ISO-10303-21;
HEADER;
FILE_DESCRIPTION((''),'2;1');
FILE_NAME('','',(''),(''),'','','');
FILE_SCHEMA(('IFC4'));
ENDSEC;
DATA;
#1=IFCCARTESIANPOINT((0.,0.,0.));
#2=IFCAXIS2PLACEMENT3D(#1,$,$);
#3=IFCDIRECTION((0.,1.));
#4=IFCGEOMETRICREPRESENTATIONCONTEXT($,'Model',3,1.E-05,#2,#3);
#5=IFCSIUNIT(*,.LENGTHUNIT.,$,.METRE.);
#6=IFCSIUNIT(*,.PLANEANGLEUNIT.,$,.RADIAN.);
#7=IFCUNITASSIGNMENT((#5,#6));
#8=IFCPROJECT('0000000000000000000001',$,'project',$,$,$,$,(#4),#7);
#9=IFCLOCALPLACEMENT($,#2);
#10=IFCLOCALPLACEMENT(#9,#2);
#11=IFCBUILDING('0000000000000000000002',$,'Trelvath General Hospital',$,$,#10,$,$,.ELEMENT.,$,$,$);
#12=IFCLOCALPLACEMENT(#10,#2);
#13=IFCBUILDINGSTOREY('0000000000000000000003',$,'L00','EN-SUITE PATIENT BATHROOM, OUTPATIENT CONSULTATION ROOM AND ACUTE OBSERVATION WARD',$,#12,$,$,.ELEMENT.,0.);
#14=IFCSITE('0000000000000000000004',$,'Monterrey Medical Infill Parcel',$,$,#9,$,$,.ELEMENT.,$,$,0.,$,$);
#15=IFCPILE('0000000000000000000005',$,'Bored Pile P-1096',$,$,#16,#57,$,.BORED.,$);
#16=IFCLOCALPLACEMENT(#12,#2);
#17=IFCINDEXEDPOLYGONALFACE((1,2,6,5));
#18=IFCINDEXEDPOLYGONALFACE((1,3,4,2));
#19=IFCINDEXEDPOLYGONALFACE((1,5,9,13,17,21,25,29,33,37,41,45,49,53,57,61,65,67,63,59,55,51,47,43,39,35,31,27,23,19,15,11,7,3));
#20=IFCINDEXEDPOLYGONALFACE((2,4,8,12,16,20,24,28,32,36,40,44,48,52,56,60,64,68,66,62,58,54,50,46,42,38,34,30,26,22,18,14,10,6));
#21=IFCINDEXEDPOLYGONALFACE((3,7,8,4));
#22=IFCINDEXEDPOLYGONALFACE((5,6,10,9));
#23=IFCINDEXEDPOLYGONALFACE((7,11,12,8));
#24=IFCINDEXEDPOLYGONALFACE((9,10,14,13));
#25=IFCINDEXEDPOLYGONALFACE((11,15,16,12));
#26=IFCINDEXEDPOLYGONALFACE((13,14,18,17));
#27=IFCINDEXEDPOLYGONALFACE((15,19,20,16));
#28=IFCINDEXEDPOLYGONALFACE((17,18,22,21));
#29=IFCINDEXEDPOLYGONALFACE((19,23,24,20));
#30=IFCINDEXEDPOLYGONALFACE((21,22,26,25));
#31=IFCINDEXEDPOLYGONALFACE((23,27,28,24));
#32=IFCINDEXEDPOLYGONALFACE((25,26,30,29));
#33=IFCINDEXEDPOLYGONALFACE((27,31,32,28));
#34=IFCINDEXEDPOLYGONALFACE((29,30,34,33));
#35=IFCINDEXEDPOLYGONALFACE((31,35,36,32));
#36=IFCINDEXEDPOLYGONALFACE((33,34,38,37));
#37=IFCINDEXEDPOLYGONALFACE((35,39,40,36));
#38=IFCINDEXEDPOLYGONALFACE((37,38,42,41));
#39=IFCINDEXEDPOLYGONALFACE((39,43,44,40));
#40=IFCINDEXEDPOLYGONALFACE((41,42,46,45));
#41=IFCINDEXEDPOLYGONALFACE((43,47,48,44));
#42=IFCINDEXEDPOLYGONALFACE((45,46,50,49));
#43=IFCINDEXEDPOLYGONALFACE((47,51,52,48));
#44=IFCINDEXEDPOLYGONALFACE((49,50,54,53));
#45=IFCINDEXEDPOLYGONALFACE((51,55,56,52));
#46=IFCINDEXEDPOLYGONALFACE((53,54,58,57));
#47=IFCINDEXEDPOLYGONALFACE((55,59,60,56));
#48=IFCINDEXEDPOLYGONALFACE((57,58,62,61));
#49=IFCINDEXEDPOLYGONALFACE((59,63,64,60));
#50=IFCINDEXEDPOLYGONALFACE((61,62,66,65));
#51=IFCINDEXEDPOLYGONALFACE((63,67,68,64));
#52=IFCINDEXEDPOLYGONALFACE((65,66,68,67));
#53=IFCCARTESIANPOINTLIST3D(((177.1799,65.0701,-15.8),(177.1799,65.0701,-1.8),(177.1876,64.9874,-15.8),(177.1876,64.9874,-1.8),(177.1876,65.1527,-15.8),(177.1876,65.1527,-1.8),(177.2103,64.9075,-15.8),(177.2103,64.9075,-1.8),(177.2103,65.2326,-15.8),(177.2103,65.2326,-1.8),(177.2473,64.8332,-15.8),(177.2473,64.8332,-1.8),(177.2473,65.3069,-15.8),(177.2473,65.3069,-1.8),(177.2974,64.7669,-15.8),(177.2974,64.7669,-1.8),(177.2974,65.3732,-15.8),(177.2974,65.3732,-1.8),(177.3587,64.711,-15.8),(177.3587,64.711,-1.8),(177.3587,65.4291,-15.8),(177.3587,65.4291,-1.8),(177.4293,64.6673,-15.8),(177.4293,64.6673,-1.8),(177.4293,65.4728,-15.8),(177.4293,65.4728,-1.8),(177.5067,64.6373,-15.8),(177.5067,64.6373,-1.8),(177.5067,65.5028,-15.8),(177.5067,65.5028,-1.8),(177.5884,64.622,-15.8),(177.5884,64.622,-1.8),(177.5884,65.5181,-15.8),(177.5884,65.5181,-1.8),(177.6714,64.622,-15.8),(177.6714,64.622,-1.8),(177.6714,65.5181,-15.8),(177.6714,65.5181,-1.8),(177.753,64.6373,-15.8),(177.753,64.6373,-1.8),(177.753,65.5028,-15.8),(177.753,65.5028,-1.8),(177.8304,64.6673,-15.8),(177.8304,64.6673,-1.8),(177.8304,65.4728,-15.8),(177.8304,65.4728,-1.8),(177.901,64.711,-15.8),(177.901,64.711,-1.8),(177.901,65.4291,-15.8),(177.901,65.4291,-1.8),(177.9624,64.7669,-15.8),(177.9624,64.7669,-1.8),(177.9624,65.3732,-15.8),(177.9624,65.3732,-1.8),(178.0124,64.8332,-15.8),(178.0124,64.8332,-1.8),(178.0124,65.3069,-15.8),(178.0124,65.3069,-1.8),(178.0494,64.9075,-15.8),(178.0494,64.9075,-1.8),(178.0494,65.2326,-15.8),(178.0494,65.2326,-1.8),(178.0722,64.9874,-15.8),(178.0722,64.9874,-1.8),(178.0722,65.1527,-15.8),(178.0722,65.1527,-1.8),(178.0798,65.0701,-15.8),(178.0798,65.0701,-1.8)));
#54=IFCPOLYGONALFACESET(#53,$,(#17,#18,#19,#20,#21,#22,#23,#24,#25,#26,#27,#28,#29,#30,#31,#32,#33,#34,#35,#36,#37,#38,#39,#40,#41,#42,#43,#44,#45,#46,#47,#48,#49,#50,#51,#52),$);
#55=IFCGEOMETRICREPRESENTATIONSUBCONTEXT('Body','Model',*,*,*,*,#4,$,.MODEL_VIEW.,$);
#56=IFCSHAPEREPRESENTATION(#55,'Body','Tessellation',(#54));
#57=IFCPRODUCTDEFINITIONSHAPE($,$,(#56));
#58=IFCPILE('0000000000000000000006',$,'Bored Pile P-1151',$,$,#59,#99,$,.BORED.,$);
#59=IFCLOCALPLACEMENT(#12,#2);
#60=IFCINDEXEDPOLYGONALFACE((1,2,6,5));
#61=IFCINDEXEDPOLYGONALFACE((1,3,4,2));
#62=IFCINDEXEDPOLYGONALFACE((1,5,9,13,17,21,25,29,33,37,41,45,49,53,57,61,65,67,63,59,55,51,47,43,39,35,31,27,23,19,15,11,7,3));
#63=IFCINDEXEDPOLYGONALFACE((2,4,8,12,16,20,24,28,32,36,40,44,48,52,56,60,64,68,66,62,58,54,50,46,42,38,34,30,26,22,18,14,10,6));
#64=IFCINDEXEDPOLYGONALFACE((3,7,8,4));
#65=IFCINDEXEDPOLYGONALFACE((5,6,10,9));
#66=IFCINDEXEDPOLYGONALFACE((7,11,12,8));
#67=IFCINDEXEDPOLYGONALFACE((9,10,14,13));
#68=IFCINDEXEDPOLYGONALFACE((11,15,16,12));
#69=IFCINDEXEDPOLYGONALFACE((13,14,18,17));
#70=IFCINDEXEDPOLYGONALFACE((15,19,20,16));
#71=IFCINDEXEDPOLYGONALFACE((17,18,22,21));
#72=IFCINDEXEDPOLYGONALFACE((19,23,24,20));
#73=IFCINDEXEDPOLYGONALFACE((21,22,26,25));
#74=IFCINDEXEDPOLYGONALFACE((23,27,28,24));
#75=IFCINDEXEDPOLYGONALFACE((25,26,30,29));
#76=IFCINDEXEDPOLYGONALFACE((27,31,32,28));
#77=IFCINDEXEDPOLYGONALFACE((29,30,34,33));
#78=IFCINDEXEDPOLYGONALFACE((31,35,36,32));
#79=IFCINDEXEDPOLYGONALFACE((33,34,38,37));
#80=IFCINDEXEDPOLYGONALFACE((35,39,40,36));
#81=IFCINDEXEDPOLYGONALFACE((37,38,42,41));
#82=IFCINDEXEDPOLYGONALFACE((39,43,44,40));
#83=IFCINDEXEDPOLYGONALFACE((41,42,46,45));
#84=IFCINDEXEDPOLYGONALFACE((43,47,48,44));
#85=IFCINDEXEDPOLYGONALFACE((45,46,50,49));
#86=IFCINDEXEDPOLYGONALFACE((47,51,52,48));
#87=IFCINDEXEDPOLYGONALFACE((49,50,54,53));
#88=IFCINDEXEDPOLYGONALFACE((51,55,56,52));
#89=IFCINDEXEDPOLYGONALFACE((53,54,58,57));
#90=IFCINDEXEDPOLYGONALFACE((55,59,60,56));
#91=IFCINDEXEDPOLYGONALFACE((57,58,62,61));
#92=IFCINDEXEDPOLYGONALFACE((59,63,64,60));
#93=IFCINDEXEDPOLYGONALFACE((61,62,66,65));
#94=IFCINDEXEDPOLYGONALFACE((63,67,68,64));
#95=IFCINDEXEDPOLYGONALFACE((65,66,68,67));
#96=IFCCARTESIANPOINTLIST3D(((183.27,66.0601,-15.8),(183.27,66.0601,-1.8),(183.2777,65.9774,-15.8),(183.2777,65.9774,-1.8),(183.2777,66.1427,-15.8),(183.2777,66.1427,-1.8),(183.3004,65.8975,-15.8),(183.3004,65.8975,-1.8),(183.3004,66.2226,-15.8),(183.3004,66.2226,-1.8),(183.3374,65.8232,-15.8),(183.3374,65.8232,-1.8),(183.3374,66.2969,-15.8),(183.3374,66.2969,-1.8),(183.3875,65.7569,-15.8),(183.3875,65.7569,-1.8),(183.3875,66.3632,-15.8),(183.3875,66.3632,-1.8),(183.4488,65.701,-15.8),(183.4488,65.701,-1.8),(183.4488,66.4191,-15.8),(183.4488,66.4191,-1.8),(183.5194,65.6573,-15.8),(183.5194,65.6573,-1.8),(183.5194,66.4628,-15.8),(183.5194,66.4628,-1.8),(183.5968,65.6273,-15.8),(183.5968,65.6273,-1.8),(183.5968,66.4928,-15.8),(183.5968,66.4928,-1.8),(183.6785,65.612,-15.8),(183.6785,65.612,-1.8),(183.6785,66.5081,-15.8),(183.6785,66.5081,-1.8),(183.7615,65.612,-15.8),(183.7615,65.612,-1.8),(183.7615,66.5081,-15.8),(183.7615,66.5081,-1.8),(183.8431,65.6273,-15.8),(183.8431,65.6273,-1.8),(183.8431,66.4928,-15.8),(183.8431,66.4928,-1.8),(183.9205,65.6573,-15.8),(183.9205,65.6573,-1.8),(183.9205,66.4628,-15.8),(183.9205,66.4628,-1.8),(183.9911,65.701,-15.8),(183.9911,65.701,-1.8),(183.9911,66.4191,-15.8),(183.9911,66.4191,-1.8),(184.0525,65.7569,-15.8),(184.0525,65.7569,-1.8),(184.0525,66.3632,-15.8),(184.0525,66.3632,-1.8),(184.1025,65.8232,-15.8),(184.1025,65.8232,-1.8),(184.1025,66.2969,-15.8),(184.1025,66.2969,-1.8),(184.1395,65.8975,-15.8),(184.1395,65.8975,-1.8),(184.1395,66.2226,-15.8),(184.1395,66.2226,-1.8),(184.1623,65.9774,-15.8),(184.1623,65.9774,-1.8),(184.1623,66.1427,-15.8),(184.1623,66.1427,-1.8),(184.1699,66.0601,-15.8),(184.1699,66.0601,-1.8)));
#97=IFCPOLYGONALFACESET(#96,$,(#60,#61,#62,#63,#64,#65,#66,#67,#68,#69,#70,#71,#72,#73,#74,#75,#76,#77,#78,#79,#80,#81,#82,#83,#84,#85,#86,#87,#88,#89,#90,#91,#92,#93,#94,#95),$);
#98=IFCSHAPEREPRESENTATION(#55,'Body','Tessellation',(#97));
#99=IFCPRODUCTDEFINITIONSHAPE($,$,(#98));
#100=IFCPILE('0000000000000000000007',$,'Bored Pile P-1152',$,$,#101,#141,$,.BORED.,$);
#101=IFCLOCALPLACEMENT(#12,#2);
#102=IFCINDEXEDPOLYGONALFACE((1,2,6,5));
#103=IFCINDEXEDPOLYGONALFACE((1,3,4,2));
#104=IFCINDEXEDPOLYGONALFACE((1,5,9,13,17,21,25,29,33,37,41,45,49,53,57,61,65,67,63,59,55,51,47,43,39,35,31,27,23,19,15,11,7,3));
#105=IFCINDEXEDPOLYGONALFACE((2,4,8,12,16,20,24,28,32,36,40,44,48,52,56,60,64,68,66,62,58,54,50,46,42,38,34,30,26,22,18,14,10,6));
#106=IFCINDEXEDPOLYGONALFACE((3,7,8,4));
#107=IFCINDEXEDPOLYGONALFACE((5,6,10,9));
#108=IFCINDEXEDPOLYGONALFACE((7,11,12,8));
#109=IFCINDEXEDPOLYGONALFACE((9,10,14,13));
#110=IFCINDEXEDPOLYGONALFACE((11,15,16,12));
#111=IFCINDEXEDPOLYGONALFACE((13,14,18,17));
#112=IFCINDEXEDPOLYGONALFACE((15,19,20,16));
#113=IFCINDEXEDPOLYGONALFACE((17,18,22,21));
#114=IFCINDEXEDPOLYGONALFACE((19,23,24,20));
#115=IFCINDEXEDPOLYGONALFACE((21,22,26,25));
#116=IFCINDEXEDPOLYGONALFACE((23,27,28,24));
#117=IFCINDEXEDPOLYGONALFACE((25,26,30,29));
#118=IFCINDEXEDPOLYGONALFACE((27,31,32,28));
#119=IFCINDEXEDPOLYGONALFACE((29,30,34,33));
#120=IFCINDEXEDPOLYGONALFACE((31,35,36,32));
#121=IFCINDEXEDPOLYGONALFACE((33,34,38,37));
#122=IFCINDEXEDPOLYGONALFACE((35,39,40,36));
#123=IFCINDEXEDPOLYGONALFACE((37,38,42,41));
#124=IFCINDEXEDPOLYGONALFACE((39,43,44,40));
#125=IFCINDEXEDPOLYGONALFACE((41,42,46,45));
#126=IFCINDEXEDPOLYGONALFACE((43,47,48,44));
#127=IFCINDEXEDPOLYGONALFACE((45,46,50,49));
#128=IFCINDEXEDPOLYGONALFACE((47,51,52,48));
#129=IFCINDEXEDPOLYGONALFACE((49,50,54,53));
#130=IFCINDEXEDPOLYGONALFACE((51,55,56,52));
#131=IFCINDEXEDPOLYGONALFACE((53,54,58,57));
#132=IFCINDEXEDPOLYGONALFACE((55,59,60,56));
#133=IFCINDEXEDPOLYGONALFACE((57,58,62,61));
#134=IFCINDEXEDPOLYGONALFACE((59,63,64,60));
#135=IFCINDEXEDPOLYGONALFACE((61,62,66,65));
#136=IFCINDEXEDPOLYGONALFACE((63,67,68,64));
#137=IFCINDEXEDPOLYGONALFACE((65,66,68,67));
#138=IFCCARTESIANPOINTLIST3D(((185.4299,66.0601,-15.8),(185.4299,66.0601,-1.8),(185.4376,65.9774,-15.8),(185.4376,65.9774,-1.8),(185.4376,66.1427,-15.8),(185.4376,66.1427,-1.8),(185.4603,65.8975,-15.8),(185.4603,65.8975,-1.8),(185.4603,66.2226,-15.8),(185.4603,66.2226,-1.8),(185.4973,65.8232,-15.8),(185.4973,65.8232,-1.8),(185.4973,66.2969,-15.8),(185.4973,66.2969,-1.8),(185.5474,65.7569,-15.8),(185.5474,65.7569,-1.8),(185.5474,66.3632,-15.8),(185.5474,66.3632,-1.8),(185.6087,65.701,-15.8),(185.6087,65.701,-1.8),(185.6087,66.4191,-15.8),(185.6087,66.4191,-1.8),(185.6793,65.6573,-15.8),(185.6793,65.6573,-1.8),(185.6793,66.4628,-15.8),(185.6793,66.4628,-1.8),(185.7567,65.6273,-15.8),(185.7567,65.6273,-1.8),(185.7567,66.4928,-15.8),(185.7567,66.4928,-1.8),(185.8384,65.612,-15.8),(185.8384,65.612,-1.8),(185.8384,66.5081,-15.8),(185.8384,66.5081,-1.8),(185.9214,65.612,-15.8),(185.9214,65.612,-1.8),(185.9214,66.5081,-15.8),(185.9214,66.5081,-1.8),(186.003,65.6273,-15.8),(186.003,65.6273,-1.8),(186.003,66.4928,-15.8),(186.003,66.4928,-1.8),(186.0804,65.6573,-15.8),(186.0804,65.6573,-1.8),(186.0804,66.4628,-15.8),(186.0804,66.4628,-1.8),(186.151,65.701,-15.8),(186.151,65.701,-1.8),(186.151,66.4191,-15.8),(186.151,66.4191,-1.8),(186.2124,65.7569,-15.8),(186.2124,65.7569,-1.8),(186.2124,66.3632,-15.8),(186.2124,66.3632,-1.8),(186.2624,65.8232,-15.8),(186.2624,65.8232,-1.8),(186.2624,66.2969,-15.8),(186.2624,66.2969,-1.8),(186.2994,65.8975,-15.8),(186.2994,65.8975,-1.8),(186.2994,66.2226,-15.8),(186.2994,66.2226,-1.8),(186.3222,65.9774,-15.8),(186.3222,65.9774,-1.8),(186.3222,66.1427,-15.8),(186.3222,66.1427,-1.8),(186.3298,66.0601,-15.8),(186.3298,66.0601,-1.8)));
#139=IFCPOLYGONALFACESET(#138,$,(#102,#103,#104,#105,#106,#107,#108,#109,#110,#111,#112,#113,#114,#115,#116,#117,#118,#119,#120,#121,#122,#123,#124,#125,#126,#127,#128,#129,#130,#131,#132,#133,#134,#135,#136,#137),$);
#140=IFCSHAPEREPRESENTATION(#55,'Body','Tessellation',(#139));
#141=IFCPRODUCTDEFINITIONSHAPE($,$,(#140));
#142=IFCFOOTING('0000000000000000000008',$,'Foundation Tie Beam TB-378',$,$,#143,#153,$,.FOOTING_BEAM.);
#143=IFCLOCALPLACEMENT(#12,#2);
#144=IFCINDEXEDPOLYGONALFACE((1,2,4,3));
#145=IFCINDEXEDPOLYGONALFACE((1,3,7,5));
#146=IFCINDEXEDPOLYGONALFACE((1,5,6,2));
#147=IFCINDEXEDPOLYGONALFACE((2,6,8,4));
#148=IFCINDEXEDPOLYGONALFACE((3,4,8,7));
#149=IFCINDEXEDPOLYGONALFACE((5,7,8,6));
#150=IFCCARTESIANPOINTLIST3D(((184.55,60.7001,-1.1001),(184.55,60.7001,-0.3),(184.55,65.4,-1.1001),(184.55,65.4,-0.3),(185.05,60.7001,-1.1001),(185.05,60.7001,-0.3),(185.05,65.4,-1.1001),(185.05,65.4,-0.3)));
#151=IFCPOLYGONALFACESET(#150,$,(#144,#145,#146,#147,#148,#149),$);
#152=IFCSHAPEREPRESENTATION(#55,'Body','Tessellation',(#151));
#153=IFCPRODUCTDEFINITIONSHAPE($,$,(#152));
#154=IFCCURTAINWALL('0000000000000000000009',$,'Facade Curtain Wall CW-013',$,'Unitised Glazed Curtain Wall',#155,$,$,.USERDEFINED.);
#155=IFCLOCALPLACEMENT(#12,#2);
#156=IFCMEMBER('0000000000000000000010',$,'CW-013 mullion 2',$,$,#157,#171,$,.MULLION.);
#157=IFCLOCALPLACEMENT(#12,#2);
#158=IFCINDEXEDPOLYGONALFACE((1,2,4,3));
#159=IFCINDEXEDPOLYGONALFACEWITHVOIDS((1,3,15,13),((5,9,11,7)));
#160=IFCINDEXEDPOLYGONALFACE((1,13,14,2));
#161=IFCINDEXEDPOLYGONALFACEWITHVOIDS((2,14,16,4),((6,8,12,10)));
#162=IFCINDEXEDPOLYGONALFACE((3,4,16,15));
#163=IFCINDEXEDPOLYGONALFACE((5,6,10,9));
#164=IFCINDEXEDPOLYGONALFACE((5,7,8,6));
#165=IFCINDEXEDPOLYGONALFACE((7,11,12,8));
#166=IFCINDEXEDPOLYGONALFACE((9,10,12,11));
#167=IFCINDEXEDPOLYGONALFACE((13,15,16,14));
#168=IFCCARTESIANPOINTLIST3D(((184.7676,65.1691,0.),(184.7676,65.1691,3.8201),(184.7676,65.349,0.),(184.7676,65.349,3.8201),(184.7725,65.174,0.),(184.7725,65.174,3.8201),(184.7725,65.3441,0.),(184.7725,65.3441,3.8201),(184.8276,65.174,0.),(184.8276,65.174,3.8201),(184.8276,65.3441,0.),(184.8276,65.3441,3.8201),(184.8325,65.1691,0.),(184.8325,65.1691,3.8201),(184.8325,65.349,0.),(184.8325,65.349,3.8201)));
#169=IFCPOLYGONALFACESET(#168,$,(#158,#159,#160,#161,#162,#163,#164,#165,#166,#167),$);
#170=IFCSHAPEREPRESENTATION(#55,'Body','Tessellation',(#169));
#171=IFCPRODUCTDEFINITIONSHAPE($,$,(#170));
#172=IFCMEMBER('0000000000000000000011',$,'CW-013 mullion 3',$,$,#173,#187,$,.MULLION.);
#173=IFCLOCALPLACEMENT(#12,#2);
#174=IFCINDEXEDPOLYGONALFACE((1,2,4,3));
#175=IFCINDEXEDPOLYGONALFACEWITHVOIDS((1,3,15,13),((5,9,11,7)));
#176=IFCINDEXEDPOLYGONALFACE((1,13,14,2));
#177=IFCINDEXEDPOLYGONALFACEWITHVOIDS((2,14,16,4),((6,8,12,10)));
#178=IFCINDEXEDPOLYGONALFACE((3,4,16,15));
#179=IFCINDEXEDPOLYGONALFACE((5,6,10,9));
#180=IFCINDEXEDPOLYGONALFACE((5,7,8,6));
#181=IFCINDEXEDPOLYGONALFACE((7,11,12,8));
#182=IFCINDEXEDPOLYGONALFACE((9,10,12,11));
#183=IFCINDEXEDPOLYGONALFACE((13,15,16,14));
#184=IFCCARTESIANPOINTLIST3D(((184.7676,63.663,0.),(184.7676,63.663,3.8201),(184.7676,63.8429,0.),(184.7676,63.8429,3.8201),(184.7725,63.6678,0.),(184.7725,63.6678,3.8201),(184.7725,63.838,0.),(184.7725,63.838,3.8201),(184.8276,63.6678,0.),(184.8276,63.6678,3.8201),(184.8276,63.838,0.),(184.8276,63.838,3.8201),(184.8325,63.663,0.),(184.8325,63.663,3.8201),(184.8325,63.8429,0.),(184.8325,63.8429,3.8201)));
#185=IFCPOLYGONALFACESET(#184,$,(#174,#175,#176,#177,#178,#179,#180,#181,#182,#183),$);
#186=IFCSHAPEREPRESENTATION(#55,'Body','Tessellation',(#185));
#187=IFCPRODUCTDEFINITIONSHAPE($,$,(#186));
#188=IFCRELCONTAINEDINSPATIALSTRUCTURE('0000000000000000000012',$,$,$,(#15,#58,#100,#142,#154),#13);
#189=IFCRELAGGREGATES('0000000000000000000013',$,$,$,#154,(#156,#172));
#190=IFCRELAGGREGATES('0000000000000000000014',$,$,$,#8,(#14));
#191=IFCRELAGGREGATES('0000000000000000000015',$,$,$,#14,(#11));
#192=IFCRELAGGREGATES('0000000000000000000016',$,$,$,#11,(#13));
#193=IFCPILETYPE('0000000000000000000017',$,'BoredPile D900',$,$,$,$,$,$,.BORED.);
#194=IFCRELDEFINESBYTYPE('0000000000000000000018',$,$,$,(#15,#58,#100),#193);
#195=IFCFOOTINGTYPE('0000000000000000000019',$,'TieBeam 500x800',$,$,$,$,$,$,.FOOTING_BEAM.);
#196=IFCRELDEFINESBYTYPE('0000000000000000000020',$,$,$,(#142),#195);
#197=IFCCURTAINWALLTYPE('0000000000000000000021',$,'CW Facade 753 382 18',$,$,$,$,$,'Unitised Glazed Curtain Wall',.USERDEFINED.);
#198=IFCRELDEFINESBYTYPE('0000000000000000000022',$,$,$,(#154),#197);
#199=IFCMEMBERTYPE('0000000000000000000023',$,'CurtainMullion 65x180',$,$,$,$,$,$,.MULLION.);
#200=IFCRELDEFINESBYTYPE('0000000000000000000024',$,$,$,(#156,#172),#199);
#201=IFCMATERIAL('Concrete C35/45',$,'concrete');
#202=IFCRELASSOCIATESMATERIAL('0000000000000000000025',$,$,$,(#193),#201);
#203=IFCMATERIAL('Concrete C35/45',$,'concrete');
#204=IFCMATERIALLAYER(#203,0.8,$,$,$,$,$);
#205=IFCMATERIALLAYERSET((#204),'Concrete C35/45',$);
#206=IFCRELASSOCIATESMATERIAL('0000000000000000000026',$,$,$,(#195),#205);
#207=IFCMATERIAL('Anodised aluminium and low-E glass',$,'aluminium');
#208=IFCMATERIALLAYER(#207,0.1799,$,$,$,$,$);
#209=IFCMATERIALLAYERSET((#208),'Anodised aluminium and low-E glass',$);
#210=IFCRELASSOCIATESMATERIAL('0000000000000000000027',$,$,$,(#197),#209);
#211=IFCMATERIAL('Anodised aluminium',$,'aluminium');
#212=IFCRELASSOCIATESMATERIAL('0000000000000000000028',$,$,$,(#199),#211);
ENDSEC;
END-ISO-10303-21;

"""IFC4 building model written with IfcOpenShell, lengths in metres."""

from ifc_helpers import new_model, si_unit, direction, frame, origin, origin_2d, place, context, subcontext, project, spatial, rectangle, hollow_rectangle, circle, extrude, material, layer, layer_set, material_profile, profile_set, type_object, element, aggregate, save


model = new_model("IFC4")

# Units and contexts
model_context = context("Model", 3, precision=1e-05, world=origin(), true_north=direction((0.0, 1.0)))
body_context = subcontext(model_context, "Body", "Model", "MODEL_VIEW")
ifc_project = project(units=[si_unit("LENGTHUNIT", "METRE"), si_unit("PLANEANGLEUNIT", "RADIAN")], contexts=[model_context])

# Site, building, storey
site_placement = place(None, origin())
site = spatial("IfcSite", under=ifc_project, at=site_placement, Name="Monterrey Medical Infill Parcel", CompositionType="ELEMENT", RefElevation=0.0)
building_placement = place(site_placement, origin())
building = spatial("IfcBuilding", under=site, at=building_placement, Name="Trelvath General Hospital", CompositionType="ELEMENT")
storey_placement = place(building_placement, origin())
storey = spatial("IfcBuildingStorey", under=building, at=storey_placement, Name="L00", Description="EN-SUITE PATIENT BATHROOM, OUTPATIENT CONSULTATION ROOM AND ACUTE OBSERVATION WARD", CompositionType="ELEMENT", Elevation=0.0)

# Piles
ifc_material_1 = material(Name="Concrete C35/45", Category="concrete")
ifc_material_profile_1 = material_profile(ifc_material_1, circle(Radius=0.45, at=origin_2d()), Name="PILE900")
ifc_profile_set_1 = profile_set([ifc_material_profile_1], Name="Concrete C35/45")
pile_type = type_object("IfcPileType", Name="BoredPile D900", PredefinedType="BORED", material=ifc_profile_set_1)
for number, where, z_axis, x_axis, name in (
    (1, (177.6299, 65.0701, -1.8), (0.0, 0.0, -1.0), (1.0, 0.0, 0.0), "Bored Pile P-1096"),
    (2, (183.72, 66.0601, -1.8), (0.0, 0.0, -1.0), (1.0, 0.0, 0.0), "Bored Pile P-1151"),
    (3, (185.8799, 66.0601, -1.8), (0.0, 0.0, -1.0), (1.0, 0.0, 0.0), "Bored Pile P-1152"),
):
    element("IfcPile", number, at=place(storey_placement, frame(where, z_axis=z_axis, x_axis=x_axis)), inside=storey, type_object=pile_type, Name=name, PredefinedType="BORED", context=body_context, shape_type="SweptSolid", body=[
        extrude(circle(Radius=0.45, at=origin_2d()), origin(), (0.0, 0.0, 1.0), 14.0),
    ])

# Footing
ifc_material_2 = material(Name="Concrete C35/45", Category="concrete")
ifc_layer_1 = layer(ifc_material_2, 0.8)
ifc_layer_set_1 = layer_set([ifc_layer_1], Name="Concrete C35/45")
footing_type = type_object("IfcFootingType", Name="TieBeam 500x800", PredefinedType="FOOTING_BEAM", material=ifc_layer_set_1)
footing_placement = place(storey_placement, frame((184.8, 63.05, -1.1001), z_axis=(0.0, 0.0, 1.0), x_axis=(1.0, 0.0, 0.0)))
element("IfcFooting", 4, at=footing_placement, inside=storey, type_object=footing_type, Name="Foundation Tie Beam TB-378", PredefinedType="FOOTING_BEAM", context=body_context, shape_type="SweptSolid", body=[
    extrude(rectangle(XDim=0.5, YDim=4.7, at=origin_2d()), origin(), (0.0, 0.0, 1.0), 0.8),
])

# Curtain wall, members
ifc_material_3 = material(Name="Anodised aluminium and low-E glass", Category="aluminium")
ifc_layer_2 = layer(ifc_material_3, 0.1799)
ifc_layer_set_2 = layer_set([ifc_layer_2], Name="Anodised aluminium and low-E glass")
curtain_wall_type = type_object("IfcCurtainWallType", Name="CW Facade 753 382 18", ElementType="Unitised Glazed Curtain Wall", PredefinedType="USERDEFINED", material=ifc_layer_set_2)
curtain_wall_placement = place(storey_placement, origin())
curtain_wall = element("IfcCurtainWall", 5, at=curtain_wall_placement, inside=storey, type_object=curtain_wall_type, Name="Facade Curtain Wall CW-013", ObjectType="Unitised Glazed Curtain Wall", PredefinedType="USERDEFINED")
ifc_material_4 = material(Name="Anodised aluminium", Category="aluminium")
ifc_material_profile_2 = material_profile(ifc_material_4, hollow_rectangle(XDim=0.0649, YDim=0.1799, WallThickness=0.0049, at=origin_2d()), Name="RHS65x180x5")
ifc_profile_set_2 = profile_set([ifc_material_profile_2], Name="Anodised aluminium")
member_type_1 = type_object("IfcMemberType", Name="CurtainMullion 65x180", PredefinedType="MULLION", material=ifc_profile_set_2)
member_1_placement = place(storey_placement, frame((184.8, 65.259, 0.0), z_axis=(0.0, 0.0, 1.0), x_axis=(1.0, 0.0, 0.0)))
member_1 = element("IfcMember", 6, at=member_1_placement, type_object=member_type_1, Name="CW-013 mullion 2", PredefinedType="MULLION", context=body_context, shape_type="SweptSolid", body=[
    extrude(hollow_rectangle(XDim=0.0649, YDim=0.1799, WallThickness=0.0049, at=origin_2d()), origin(), (0.0, 0.0, 1.0), 3.8201),
])
member_2_placement = place(storey_placement, frame((184.8, 63.7529, 0.0), z_axis=(0.0, 0.0, 1.0), x_axis=(1.0, 0.0, 0.0)))
member_2 = element("IfcMember", 7, at=member_2_placement, type_object=member_type_1, Name="CW-013 mullion 3", PredefinedType="MULLION", context=body_context, shape_type="SweptSolid", body=[
    extrude(hollow_rectangle(XDim=0.0649, YDim=0.1799, WallThickness=0.0049, at=origin_2d()), origin(), (0.0, 0.0, 1.0), 3.8201),
])
aggregate(curtain_wall, [member_1, member_2])

save(model, "model.ifc")
